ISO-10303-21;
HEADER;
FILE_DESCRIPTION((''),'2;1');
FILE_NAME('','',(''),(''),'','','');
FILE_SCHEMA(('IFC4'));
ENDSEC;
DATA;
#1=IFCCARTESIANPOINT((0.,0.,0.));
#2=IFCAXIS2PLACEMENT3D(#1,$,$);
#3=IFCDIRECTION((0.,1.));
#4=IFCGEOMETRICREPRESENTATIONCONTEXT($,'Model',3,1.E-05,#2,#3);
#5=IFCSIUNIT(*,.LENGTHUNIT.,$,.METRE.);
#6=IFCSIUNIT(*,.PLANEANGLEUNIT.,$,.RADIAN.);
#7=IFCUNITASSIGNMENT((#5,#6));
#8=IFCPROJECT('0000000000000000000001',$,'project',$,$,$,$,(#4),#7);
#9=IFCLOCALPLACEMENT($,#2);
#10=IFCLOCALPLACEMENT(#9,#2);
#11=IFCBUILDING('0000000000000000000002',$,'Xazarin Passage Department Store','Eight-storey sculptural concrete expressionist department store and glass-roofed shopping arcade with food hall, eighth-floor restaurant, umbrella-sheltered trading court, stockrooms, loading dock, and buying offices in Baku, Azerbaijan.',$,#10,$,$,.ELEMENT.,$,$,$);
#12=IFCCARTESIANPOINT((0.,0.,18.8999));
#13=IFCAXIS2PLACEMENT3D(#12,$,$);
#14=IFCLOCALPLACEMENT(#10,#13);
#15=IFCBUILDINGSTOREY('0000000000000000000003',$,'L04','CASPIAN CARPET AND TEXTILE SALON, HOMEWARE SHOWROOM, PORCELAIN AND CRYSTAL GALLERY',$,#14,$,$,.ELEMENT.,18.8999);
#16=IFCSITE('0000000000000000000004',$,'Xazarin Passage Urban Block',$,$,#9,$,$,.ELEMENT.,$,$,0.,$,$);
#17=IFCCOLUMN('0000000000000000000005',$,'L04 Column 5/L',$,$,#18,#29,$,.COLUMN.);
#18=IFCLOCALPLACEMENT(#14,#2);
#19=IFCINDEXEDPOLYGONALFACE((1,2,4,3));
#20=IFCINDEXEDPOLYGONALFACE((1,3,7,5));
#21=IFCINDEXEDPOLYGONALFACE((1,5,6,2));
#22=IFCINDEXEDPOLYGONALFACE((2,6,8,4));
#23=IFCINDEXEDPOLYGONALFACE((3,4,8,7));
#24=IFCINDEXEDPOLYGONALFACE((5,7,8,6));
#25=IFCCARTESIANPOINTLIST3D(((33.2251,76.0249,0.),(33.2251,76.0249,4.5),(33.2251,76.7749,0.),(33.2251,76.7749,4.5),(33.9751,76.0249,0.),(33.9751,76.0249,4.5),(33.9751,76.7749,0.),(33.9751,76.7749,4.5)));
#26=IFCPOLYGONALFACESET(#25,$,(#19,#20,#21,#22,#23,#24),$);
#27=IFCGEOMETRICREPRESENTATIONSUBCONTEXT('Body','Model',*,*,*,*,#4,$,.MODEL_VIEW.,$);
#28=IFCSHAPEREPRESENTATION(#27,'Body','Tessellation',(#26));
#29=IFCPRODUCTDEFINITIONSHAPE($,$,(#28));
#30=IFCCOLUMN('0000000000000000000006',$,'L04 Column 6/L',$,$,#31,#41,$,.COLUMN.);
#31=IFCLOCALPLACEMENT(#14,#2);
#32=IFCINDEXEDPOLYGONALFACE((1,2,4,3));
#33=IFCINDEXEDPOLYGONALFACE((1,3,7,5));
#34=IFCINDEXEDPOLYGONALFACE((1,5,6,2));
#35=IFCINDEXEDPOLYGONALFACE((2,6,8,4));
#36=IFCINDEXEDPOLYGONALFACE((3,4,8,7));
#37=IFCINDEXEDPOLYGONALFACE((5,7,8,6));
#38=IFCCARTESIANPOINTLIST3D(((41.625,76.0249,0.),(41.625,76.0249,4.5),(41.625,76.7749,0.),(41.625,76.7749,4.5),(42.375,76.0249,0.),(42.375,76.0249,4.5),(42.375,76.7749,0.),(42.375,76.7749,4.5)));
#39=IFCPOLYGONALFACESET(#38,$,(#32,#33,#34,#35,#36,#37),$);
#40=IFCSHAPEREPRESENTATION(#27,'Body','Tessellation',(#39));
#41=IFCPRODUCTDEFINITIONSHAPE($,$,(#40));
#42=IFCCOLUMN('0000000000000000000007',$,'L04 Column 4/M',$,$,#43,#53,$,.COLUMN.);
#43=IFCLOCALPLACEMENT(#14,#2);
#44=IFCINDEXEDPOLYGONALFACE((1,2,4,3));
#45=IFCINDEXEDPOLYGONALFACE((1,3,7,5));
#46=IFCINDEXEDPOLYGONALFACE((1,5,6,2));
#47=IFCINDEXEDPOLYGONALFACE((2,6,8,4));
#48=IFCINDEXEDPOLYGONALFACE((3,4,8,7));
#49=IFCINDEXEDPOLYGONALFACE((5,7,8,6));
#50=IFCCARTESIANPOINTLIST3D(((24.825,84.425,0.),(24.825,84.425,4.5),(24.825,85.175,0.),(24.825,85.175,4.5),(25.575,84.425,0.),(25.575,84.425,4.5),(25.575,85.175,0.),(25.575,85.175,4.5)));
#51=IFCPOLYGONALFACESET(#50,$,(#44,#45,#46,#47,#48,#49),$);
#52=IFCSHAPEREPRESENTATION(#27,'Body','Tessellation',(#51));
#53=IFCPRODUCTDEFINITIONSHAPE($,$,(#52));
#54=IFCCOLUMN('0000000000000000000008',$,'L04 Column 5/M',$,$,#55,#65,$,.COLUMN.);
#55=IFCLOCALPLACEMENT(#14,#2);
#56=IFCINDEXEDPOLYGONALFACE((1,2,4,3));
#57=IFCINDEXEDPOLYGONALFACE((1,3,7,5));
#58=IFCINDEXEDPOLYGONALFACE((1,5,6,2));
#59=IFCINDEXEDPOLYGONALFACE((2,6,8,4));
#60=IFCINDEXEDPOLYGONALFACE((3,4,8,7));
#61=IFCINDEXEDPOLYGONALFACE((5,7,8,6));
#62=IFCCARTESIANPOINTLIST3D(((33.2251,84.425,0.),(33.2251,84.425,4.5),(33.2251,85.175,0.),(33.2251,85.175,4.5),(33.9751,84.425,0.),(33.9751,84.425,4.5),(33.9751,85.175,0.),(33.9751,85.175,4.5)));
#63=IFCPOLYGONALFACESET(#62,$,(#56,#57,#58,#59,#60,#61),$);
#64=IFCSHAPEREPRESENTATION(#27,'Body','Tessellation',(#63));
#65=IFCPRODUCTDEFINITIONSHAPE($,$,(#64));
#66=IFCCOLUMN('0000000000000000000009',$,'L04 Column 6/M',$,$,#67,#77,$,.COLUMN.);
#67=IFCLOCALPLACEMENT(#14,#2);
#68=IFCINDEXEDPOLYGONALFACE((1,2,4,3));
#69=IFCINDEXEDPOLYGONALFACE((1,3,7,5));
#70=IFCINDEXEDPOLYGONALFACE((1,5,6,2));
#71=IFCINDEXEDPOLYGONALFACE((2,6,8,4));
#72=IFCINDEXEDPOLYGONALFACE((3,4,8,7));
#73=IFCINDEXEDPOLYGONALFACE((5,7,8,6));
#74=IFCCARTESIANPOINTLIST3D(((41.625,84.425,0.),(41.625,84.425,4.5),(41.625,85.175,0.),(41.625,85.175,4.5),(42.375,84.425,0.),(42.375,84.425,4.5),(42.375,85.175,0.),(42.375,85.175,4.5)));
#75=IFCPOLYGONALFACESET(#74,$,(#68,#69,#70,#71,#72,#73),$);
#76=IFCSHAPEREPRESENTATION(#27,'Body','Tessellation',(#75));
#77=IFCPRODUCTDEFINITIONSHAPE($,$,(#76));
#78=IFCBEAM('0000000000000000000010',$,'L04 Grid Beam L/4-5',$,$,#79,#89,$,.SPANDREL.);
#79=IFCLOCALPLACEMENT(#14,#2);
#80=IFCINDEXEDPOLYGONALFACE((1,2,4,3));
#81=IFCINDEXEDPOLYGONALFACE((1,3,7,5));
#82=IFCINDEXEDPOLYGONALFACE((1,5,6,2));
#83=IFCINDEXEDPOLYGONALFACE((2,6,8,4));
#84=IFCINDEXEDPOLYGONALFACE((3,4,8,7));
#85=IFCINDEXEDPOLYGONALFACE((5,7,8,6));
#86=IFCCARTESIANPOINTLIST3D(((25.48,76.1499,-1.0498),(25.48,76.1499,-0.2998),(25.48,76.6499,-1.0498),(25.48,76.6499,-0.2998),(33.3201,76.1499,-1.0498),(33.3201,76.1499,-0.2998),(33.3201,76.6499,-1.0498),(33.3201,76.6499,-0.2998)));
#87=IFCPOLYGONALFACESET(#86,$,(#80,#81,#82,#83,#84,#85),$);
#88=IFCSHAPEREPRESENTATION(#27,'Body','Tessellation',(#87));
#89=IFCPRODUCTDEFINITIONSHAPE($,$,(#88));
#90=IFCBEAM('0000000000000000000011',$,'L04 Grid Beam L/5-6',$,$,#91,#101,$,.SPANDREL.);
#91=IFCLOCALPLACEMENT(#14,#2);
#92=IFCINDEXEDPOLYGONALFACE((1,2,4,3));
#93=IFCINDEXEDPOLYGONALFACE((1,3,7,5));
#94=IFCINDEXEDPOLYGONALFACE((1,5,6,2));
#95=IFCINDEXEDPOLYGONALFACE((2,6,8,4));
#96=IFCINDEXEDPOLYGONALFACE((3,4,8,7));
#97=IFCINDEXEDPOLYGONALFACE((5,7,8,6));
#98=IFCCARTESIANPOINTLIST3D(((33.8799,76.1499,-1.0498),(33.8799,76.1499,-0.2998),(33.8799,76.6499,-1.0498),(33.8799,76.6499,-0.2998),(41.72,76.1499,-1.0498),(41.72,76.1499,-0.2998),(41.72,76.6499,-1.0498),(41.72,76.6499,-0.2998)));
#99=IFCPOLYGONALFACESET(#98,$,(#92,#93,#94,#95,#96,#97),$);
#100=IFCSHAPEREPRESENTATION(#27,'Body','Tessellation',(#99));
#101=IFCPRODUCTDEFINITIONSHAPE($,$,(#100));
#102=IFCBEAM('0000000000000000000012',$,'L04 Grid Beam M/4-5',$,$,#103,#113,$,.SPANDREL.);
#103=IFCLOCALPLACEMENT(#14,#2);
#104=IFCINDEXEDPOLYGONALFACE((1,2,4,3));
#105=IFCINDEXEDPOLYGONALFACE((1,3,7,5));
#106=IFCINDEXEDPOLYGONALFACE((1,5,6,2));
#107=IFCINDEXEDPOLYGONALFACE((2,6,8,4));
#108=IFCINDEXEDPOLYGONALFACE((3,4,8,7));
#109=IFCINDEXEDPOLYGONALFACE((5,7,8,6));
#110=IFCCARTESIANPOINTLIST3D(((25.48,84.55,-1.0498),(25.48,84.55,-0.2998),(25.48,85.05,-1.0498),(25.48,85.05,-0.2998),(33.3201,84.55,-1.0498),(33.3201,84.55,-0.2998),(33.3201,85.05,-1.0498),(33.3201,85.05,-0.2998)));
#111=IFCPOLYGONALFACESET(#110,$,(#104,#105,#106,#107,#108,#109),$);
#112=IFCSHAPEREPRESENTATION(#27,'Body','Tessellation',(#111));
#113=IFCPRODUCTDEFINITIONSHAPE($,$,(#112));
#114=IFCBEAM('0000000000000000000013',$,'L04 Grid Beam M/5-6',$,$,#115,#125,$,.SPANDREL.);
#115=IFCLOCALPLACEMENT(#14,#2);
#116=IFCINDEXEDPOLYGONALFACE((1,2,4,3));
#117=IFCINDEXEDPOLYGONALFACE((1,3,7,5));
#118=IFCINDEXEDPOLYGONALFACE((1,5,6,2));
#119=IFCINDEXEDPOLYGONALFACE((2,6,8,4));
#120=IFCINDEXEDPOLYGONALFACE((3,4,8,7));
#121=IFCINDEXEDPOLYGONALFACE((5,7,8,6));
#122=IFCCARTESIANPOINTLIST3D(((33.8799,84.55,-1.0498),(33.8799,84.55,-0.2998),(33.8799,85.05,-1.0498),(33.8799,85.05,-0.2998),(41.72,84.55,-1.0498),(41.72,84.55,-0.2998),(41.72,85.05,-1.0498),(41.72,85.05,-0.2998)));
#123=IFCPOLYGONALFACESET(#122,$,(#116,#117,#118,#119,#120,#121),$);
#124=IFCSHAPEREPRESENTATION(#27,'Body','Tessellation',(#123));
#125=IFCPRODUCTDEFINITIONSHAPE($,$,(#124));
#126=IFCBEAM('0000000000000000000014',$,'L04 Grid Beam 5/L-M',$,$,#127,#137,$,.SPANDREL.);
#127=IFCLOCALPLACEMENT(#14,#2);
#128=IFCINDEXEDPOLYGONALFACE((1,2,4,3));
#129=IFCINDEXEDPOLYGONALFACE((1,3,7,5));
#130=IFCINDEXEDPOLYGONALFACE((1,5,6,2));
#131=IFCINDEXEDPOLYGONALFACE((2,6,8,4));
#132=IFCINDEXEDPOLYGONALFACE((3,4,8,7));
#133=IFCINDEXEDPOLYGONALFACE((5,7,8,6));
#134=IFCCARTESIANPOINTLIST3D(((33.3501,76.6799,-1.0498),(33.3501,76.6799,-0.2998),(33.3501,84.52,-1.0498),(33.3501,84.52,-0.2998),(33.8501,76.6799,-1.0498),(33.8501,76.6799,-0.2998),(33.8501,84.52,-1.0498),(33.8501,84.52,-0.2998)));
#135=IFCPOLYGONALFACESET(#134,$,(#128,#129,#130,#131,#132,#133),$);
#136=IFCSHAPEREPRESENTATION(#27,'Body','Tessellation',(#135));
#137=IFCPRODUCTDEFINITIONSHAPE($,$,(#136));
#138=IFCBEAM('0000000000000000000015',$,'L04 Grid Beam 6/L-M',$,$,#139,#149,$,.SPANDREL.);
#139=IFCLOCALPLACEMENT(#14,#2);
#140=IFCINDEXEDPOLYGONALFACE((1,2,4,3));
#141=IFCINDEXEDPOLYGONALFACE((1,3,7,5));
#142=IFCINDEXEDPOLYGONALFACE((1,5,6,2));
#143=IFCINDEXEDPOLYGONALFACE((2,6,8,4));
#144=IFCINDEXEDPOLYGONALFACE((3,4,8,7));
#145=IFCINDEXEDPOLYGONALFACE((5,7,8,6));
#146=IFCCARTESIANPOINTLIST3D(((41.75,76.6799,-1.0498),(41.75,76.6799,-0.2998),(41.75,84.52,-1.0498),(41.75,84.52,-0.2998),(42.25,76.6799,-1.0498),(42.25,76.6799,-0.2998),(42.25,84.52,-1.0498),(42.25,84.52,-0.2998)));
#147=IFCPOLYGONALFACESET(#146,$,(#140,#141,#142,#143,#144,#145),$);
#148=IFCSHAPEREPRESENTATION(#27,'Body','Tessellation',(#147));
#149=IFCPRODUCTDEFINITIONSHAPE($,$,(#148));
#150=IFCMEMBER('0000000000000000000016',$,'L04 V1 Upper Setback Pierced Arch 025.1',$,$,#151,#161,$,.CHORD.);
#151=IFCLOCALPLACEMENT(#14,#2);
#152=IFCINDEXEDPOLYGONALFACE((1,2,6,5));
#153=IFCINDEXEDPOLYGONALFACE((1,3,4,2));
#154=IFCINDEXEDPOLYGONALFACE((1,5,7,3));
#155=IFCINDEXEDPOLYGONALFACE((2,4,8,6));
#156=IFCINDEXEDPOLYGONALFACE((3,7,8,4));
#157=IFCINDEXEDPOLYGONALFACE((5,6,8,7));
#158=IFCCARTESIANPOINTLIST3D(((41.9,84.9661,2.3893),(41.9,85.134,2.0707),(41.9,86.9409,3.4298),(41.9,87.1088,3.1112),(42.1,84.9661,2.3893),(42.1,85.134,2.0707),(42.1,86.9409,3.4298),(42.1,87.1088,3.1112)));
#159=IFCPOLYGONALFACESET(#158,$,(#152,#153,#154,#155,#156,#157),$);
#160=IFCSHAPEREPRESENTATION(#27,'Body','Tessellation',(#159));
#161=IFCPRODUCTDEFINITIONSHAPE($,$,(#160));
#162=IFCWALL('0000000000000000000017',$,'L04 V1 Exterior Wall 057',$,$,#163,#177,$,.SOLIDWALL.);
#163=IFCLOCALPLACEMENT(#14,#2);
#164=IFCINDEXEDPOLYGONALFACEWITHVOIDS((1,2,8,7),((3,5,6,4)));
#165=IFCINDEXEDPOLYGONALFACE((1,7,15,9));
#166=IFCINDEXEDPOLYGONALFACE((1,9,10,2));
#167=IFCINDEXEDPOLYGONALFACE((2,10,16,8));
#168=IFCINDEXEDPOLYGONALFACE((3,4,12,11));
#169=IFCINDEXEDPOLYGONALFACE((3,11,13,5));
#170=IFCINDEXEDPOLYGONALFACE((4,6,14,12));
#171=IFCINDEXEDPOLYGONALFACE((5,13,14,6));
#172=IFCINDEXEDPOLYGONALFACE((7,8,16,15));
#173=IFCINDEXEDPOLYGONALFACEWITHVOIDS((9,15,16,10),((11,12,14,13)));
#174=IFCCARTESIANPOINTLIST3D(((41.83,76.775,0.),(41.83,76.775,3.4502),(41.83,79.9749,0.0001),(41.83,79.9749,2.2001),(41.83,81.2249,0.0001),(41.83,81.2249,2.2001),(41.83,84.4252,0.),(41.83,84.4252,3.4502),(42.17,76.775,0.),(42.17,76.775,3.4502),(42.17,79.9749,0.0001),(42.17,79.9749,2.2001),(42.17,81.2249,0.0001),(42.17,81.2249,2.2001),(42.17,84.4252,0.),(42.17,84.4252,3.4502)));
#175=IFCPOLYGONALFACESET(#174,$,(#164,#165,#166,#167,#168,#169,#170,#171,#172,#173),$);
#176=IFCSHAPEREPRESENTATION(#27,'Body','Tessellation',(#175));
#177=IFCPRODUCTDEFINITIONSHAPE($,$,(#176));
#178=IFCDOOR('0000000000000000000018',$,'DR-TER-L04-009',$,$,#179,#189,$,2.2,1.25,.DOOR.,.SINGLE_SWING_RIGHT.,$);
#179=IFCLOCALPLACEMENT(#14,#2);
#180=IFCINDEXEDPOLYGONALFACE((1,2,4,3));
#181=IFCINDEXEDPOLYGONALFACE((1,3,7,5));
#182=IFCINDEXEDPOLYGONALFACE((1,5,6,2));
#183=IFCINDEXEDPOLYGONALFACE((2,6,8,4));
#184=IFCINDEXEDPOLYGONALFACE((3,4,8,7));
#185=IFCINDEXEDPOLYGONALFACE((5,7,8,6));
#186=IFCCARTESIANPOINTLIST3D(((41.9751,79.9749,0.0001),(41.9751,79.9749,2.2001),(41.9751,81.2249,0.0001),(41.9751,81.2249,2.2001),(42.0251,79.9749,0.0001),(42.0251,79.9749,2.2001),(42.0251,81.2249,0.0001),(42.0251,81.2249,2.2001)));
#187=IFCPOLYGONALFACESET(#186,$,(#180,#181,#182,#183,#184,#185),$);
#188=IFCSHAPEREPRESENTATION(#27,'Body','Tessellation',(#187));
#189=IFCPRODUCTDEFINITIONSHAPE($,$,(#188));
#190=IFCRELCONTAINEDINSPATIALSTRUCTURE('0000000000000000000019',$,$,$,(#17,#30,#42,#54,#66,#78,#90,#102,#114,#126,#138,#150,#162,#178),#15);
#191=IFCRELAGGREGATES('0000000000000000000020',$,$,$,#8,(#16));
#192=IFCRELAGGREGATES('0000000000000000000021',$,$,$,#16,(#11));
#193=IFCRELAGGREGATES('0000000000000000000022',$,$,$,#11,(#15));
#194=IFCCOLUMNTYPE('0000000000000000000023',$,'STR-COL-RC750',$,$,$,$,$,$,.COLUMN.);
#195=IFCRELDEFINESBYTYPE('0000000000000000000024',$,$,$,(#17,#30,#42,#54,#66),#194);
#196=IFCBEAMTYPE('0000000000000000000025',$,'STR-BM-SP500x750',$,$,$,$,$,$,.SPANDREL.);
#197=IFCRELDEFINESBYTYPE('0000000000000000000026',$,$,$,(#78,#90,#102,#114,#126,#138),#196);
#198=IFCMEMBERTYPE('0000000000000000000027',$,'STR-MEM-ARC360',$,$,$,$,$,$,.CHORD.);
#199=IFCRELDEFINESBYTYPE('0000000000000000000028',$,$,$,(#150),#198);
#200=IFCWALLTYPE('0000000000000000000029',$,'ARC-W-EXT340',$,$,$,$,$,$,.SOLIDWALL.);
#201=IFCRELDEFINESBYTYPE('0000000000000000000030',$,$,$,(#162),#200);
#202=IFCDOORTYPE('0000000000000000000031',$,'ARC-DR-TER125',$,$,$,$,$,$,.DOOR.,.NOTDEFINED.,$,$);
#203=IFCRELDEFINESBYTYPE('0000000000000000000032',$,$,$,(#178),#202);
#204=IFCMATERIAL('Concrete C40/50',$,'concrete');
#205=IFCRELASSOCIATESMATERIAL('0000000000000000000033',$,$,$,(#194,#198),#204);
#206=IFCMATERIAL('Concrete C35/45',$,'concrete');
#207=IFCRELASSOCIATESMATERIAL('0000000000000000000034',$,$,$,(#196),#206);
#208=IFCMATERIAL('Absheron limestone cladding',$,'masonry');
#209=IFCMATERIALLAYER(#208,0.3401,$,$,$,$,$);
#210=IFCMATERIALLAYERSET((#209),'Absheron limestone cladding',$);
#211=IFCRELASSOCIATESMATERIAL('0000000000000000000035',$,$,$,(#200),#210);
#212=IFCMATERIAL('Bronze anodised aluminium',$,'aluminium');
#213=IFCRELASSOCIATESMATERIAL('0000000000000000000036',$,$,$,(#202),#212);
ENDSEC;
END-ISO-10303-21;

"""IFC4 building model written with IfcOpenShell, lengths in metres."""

from ifc_helpers import new_model, si_unit, direction, frame, frame_2d, origin, origin_2d, place, context, subcontext, project, spatial, rectangle, extrude, material, layer, layer_set, material_profile, profile_set, type_object, element, fill, save


model = new_model("IFC4")

# Units and contexts
model_context = context("Model", 3, precision=1e-05, world=origin(), true_north=direction((0.0, 1.0)))
body_context = subcontext(model_context, "Body", "Model", "MODEL_VIEW")
ifc_project = project(units=[si_unit("LENGTHUNIT", "METRE"), si_unit("PLANEANGLEUNIT", "RADIAN")], contexts=[model_context])

# Site, building, storey
site_placement = place(None, origin())
site = spatial("IfcSite", under=ifc_project, at=site_placement, Name="Xazarin Passage Urban Block", CompositionType="ELEMENT", RefElevation=0.0)
building_placement = place(site_placement, origin())
building = spatial("IfcBuilding", under=site, at=building_placement, Name="Xazarin Passage Department Store", Description="Eight-storey sculptural concrete expressionist department store and glass-roofed shopping arcade with food hall, eighth-floor restaurant, umbrella-sheltered trading court, stockrooms, loading dock, and buying offices in Baku, Azerbaijan.", CompositionType="ELEMENT")
storey_placement = place(building_placement, frame((0.0, 0.0, 18.8999)))
storey = spatial("IfcBuildingStorey", under=building, at=storey_placement, Name="L04", Description="CASPIAN CARPET AND TEXTILE SALON, HOMEWARE SHOWROOM, PORCELAIN AND CRYSTAL GALLERY", CompositionType="ELEMENT", Elevation=18.8999)

# Columns
ifc_material_1 = material(Name="Concrete C40/50", Category="concrete")
ifc_material_profile_1 = material_profile(ifc_material_1, rectangle(XDim=0.75, YDim=0.75, at=origin_2d()), Name="RC 750x750")
ifc_profile_set_1 = profile_set([ifc_material_profile_1], Name="Concrete C40/50")
column_type = type_object("IfcColumnType", Name="STR-COL-RC750", PredefinedType="COLUMN", material=ifc_profile_set_1)
for number, where, z_axis, x_axis, name in (
    (1, (33.6001, 76.3999, 0.0), (0.0, 0.0, 1.0), (1.0, 0.0, 0.0), "L04 Column 5/L"),
    (2, (42.0, 76.3999, 0.0), (0.0, 0.0, 1.0), (1.0, 0.0, 0.0), "L04 Column 6/L"),
    (3, (25.2, 84.8, 0.0), (0.0, 0.0, 1.0), (1.0, 0.0, 0.0), "L04 Column 4/M"),
    (4, (33.6001, 84.8, 0.0), (0.0, 0.0, 1.0), (1.0, 0.0, 0.0), "L04 Column 5/M"),
    (5, (42.0, 84.8, 0.0), (0.0, 0.0, 1.0), (1.0, 0.0, 0.0), "L04 Column 6/M"),
):
    element("IfcColumn", number, at=place(storey_placement, frame(where, z_axis=z_axis, x_axis=x_axis)), inside=storey, type_object=column_type, Name=name, PredefinedType="COLUMN", context=body_context, shape_type="SweptSolid", body=[
        extrude(rectangle(XDim=0.75, YDim=0.75, at=origin_2d()), origin(), (0.0, 0.0, 1.0), 4.5),
    ])

# Beams
ifc_material_2 = material(Name="Concrete C35/45", Category="concrete")
ifc_material_profile_2 = material_profile(ifc_material_2, rectangle(XDim=0.5, YDim=0.75, at=origin_2d()), Name="RC 500x750")
ifc_profile_set_2 = profile_set([ifc_material_profile_2], Name="Concrete C35/45")
beam_type = type_object("IfcBeamType", Name="STR-BM-SP500x750", PredefinedType="SPANDREL", material=ifc_profile_set_2)
for number, where, z_axis, x_axis, name in (
    (6, (25.48, 76.3999, -0.6748), (1.0, 0.0, 0.0), (0.0, 1.0, 0.0), "L04 Grid Beam L/4-5"),
    (7, (33.8799, 76.3999, -0.6748), (1.0, 0.0, 0.0), (0.0, 1.0, 0.0), "L04 Grid Beam L/5-6"),
    (8, (25.48, 84.8, -0.6748), (1.0, 0.0, 0.0), (0.0, 1.0, 0.0), "L04 Grid Beam M/4-5"),
    (9, (33.8799, 84.8, -0.6748), (1.0, 0.0, 0.0), (0.0, 1.0, 0.0), "L04 Grid Beam M/5-6"),
    (10, (33.6001, 76.6799, -0.6748), (0.0, 1.0, 0.0), (-1.0, 0.0, 0.0), "L04 Grid Beam 5/L-M"),
    (11, (42.0, 76.6799, -0.6748), (0.0, 1.0, 0.0), (-1.0, 0.0, 0.0), "L04 Grid Beam 6/L-M"),
):
    element("IfcBeam", number, at=place(storey_placement, frame(where, z_axis=z_axis, x_axis=x_axis)), inside=storey, type_object=beam_type, Name=name, PredefinedType="SPANDREL", context=body_context, shape_type="SweptSolid", body=[
        extrude(rectangle(XDim=0.5, YDim=0.75, at=origin_2d()), origin(), (0.0, 0.0, 1.0), 7.8401),
    ])

# Member
ifc_material_profile_3 = material_profile(ifc_material_1, rectangle(XDim=0.2, YDim=0.3601, at=origin_2d()), Name="RC 200x360")
ifc_profile_set_3 = profile_set([ifc_material_profile_3], Name="Concrete C40/50")
member_type = type_object("IfcMemberType", Name="STR-MEM-ARC360", PredefinedType="CHORD", material=ifc_profile_set_3)
member_placement = place(storey_placement, frame((42.0, 85.05, 2.23), z_axis=(0.0, 0.884709, 0.466143), x_axis=(-1.0, 0.0, 0.0)))
element("IfcMember", 12, at=member_placement, inside=storey, type_object=member_type, Name="L04 V1 Upper Setback Pierced Arch 025.1", PredefinedType="CHORD", context=body_context, shape_type="SweptSolid", body=[
    extrude(rectangle(XDim=0.2, YDim=0.3601, at=origin_2d()), origin(), (0.0, 0.0, 1.0), 2.2322),
])

# Wall, opening, door
ifc_material_3 = material(Name="Absheron limestone cladding", Category="masonry")
ifc_layer_1 = layer(ifc_material_3, 0.3401)
ifc_layer_set_1 = layer_set([ifc_layer_1], Name="Absheron limestone cladding")
wall_type_1 = type_object("IfcWallType", Name="ARC-W-EXT340", PredefinedType="SOLIDWALL", material=ifc_layer_set_1)
wall_1_placement = place(storey_placement, frame((42.0, 76.7749, 0.0), z_axis=(0.0, 0.0, 1.0), x_axis=(0.0, 1.0, 0.0)))
wall_1 = element("IfcWall", 13, at=wall_1_placement, inside=storey, type_object=wall_type_1, Name="L04 V1 Exterior Wall 057", PredefinedType="SOLIDWALL", context=body_context, shape_type="SweptSolid", body=[
    extrude(rectangle(XDim=7.6501, YDim=0.3401, at=frame_2d((3.8252, 0.0))), origin(), (0.0, 0.0, 1.0), 3.4502),
])
opening_1_placement = place(wall_1_placement, frame((3.2, 0.0, 0.0)))
opening_1 = element("IfcOpeningElement", 14, at=opening_1_placement, cuts=wall_1, PredefinedType="OPENING", context=body_context, shape_type="SweptSolid", body=[
    extrude(rectangle(XDim=1.25, YDim=2.2, at=frame_2d((0.625, 1.1001))), frame((0.0, 0.1799, 0.0), z_axis=(0.0, -1.0, 0.0), x_axis=(1.0, 0.0, 0.0)), (0.0, 0.0, 1.0), 0.3601),
])
ifc_material_4 = material(Name="Bronze anodised aluminium", Category="aluminium")
door_type_1 = type_object("IfcDoorType", Name="ARC-DR-TER125", OperationType="NOTDEFINED", PredefinedType="DOOR", material=ifc_material_4)
door_1_placement = place(opening_1_placement, origin())
door_1 = element("IfcDoor", 15, at=door_1_placement, inside=storey, type_object=door_type_1, Name="DR-TER-L04-009", OperationType="SINGLE_SWING_RIGHT", OverallHeight=2.2, OverallWidth=1.25, PredefinedType="DOOR", context=body_context, shape_type="SweptSolid", body=[
    extrude(rectangle(XDim=1.25, YDim=2.2, at=frame_2d((0.625, 1.1001))), frame((0.0, 0.0249, 0.0), z_axis=(0.0, -1.0, 0.0), x_axis=(1.0, 0.0, 0.0)), (0.0, 0.0, 1.0), 0.05),
])
fill(opening_1, door_1)

save(model, "model.ifc")
